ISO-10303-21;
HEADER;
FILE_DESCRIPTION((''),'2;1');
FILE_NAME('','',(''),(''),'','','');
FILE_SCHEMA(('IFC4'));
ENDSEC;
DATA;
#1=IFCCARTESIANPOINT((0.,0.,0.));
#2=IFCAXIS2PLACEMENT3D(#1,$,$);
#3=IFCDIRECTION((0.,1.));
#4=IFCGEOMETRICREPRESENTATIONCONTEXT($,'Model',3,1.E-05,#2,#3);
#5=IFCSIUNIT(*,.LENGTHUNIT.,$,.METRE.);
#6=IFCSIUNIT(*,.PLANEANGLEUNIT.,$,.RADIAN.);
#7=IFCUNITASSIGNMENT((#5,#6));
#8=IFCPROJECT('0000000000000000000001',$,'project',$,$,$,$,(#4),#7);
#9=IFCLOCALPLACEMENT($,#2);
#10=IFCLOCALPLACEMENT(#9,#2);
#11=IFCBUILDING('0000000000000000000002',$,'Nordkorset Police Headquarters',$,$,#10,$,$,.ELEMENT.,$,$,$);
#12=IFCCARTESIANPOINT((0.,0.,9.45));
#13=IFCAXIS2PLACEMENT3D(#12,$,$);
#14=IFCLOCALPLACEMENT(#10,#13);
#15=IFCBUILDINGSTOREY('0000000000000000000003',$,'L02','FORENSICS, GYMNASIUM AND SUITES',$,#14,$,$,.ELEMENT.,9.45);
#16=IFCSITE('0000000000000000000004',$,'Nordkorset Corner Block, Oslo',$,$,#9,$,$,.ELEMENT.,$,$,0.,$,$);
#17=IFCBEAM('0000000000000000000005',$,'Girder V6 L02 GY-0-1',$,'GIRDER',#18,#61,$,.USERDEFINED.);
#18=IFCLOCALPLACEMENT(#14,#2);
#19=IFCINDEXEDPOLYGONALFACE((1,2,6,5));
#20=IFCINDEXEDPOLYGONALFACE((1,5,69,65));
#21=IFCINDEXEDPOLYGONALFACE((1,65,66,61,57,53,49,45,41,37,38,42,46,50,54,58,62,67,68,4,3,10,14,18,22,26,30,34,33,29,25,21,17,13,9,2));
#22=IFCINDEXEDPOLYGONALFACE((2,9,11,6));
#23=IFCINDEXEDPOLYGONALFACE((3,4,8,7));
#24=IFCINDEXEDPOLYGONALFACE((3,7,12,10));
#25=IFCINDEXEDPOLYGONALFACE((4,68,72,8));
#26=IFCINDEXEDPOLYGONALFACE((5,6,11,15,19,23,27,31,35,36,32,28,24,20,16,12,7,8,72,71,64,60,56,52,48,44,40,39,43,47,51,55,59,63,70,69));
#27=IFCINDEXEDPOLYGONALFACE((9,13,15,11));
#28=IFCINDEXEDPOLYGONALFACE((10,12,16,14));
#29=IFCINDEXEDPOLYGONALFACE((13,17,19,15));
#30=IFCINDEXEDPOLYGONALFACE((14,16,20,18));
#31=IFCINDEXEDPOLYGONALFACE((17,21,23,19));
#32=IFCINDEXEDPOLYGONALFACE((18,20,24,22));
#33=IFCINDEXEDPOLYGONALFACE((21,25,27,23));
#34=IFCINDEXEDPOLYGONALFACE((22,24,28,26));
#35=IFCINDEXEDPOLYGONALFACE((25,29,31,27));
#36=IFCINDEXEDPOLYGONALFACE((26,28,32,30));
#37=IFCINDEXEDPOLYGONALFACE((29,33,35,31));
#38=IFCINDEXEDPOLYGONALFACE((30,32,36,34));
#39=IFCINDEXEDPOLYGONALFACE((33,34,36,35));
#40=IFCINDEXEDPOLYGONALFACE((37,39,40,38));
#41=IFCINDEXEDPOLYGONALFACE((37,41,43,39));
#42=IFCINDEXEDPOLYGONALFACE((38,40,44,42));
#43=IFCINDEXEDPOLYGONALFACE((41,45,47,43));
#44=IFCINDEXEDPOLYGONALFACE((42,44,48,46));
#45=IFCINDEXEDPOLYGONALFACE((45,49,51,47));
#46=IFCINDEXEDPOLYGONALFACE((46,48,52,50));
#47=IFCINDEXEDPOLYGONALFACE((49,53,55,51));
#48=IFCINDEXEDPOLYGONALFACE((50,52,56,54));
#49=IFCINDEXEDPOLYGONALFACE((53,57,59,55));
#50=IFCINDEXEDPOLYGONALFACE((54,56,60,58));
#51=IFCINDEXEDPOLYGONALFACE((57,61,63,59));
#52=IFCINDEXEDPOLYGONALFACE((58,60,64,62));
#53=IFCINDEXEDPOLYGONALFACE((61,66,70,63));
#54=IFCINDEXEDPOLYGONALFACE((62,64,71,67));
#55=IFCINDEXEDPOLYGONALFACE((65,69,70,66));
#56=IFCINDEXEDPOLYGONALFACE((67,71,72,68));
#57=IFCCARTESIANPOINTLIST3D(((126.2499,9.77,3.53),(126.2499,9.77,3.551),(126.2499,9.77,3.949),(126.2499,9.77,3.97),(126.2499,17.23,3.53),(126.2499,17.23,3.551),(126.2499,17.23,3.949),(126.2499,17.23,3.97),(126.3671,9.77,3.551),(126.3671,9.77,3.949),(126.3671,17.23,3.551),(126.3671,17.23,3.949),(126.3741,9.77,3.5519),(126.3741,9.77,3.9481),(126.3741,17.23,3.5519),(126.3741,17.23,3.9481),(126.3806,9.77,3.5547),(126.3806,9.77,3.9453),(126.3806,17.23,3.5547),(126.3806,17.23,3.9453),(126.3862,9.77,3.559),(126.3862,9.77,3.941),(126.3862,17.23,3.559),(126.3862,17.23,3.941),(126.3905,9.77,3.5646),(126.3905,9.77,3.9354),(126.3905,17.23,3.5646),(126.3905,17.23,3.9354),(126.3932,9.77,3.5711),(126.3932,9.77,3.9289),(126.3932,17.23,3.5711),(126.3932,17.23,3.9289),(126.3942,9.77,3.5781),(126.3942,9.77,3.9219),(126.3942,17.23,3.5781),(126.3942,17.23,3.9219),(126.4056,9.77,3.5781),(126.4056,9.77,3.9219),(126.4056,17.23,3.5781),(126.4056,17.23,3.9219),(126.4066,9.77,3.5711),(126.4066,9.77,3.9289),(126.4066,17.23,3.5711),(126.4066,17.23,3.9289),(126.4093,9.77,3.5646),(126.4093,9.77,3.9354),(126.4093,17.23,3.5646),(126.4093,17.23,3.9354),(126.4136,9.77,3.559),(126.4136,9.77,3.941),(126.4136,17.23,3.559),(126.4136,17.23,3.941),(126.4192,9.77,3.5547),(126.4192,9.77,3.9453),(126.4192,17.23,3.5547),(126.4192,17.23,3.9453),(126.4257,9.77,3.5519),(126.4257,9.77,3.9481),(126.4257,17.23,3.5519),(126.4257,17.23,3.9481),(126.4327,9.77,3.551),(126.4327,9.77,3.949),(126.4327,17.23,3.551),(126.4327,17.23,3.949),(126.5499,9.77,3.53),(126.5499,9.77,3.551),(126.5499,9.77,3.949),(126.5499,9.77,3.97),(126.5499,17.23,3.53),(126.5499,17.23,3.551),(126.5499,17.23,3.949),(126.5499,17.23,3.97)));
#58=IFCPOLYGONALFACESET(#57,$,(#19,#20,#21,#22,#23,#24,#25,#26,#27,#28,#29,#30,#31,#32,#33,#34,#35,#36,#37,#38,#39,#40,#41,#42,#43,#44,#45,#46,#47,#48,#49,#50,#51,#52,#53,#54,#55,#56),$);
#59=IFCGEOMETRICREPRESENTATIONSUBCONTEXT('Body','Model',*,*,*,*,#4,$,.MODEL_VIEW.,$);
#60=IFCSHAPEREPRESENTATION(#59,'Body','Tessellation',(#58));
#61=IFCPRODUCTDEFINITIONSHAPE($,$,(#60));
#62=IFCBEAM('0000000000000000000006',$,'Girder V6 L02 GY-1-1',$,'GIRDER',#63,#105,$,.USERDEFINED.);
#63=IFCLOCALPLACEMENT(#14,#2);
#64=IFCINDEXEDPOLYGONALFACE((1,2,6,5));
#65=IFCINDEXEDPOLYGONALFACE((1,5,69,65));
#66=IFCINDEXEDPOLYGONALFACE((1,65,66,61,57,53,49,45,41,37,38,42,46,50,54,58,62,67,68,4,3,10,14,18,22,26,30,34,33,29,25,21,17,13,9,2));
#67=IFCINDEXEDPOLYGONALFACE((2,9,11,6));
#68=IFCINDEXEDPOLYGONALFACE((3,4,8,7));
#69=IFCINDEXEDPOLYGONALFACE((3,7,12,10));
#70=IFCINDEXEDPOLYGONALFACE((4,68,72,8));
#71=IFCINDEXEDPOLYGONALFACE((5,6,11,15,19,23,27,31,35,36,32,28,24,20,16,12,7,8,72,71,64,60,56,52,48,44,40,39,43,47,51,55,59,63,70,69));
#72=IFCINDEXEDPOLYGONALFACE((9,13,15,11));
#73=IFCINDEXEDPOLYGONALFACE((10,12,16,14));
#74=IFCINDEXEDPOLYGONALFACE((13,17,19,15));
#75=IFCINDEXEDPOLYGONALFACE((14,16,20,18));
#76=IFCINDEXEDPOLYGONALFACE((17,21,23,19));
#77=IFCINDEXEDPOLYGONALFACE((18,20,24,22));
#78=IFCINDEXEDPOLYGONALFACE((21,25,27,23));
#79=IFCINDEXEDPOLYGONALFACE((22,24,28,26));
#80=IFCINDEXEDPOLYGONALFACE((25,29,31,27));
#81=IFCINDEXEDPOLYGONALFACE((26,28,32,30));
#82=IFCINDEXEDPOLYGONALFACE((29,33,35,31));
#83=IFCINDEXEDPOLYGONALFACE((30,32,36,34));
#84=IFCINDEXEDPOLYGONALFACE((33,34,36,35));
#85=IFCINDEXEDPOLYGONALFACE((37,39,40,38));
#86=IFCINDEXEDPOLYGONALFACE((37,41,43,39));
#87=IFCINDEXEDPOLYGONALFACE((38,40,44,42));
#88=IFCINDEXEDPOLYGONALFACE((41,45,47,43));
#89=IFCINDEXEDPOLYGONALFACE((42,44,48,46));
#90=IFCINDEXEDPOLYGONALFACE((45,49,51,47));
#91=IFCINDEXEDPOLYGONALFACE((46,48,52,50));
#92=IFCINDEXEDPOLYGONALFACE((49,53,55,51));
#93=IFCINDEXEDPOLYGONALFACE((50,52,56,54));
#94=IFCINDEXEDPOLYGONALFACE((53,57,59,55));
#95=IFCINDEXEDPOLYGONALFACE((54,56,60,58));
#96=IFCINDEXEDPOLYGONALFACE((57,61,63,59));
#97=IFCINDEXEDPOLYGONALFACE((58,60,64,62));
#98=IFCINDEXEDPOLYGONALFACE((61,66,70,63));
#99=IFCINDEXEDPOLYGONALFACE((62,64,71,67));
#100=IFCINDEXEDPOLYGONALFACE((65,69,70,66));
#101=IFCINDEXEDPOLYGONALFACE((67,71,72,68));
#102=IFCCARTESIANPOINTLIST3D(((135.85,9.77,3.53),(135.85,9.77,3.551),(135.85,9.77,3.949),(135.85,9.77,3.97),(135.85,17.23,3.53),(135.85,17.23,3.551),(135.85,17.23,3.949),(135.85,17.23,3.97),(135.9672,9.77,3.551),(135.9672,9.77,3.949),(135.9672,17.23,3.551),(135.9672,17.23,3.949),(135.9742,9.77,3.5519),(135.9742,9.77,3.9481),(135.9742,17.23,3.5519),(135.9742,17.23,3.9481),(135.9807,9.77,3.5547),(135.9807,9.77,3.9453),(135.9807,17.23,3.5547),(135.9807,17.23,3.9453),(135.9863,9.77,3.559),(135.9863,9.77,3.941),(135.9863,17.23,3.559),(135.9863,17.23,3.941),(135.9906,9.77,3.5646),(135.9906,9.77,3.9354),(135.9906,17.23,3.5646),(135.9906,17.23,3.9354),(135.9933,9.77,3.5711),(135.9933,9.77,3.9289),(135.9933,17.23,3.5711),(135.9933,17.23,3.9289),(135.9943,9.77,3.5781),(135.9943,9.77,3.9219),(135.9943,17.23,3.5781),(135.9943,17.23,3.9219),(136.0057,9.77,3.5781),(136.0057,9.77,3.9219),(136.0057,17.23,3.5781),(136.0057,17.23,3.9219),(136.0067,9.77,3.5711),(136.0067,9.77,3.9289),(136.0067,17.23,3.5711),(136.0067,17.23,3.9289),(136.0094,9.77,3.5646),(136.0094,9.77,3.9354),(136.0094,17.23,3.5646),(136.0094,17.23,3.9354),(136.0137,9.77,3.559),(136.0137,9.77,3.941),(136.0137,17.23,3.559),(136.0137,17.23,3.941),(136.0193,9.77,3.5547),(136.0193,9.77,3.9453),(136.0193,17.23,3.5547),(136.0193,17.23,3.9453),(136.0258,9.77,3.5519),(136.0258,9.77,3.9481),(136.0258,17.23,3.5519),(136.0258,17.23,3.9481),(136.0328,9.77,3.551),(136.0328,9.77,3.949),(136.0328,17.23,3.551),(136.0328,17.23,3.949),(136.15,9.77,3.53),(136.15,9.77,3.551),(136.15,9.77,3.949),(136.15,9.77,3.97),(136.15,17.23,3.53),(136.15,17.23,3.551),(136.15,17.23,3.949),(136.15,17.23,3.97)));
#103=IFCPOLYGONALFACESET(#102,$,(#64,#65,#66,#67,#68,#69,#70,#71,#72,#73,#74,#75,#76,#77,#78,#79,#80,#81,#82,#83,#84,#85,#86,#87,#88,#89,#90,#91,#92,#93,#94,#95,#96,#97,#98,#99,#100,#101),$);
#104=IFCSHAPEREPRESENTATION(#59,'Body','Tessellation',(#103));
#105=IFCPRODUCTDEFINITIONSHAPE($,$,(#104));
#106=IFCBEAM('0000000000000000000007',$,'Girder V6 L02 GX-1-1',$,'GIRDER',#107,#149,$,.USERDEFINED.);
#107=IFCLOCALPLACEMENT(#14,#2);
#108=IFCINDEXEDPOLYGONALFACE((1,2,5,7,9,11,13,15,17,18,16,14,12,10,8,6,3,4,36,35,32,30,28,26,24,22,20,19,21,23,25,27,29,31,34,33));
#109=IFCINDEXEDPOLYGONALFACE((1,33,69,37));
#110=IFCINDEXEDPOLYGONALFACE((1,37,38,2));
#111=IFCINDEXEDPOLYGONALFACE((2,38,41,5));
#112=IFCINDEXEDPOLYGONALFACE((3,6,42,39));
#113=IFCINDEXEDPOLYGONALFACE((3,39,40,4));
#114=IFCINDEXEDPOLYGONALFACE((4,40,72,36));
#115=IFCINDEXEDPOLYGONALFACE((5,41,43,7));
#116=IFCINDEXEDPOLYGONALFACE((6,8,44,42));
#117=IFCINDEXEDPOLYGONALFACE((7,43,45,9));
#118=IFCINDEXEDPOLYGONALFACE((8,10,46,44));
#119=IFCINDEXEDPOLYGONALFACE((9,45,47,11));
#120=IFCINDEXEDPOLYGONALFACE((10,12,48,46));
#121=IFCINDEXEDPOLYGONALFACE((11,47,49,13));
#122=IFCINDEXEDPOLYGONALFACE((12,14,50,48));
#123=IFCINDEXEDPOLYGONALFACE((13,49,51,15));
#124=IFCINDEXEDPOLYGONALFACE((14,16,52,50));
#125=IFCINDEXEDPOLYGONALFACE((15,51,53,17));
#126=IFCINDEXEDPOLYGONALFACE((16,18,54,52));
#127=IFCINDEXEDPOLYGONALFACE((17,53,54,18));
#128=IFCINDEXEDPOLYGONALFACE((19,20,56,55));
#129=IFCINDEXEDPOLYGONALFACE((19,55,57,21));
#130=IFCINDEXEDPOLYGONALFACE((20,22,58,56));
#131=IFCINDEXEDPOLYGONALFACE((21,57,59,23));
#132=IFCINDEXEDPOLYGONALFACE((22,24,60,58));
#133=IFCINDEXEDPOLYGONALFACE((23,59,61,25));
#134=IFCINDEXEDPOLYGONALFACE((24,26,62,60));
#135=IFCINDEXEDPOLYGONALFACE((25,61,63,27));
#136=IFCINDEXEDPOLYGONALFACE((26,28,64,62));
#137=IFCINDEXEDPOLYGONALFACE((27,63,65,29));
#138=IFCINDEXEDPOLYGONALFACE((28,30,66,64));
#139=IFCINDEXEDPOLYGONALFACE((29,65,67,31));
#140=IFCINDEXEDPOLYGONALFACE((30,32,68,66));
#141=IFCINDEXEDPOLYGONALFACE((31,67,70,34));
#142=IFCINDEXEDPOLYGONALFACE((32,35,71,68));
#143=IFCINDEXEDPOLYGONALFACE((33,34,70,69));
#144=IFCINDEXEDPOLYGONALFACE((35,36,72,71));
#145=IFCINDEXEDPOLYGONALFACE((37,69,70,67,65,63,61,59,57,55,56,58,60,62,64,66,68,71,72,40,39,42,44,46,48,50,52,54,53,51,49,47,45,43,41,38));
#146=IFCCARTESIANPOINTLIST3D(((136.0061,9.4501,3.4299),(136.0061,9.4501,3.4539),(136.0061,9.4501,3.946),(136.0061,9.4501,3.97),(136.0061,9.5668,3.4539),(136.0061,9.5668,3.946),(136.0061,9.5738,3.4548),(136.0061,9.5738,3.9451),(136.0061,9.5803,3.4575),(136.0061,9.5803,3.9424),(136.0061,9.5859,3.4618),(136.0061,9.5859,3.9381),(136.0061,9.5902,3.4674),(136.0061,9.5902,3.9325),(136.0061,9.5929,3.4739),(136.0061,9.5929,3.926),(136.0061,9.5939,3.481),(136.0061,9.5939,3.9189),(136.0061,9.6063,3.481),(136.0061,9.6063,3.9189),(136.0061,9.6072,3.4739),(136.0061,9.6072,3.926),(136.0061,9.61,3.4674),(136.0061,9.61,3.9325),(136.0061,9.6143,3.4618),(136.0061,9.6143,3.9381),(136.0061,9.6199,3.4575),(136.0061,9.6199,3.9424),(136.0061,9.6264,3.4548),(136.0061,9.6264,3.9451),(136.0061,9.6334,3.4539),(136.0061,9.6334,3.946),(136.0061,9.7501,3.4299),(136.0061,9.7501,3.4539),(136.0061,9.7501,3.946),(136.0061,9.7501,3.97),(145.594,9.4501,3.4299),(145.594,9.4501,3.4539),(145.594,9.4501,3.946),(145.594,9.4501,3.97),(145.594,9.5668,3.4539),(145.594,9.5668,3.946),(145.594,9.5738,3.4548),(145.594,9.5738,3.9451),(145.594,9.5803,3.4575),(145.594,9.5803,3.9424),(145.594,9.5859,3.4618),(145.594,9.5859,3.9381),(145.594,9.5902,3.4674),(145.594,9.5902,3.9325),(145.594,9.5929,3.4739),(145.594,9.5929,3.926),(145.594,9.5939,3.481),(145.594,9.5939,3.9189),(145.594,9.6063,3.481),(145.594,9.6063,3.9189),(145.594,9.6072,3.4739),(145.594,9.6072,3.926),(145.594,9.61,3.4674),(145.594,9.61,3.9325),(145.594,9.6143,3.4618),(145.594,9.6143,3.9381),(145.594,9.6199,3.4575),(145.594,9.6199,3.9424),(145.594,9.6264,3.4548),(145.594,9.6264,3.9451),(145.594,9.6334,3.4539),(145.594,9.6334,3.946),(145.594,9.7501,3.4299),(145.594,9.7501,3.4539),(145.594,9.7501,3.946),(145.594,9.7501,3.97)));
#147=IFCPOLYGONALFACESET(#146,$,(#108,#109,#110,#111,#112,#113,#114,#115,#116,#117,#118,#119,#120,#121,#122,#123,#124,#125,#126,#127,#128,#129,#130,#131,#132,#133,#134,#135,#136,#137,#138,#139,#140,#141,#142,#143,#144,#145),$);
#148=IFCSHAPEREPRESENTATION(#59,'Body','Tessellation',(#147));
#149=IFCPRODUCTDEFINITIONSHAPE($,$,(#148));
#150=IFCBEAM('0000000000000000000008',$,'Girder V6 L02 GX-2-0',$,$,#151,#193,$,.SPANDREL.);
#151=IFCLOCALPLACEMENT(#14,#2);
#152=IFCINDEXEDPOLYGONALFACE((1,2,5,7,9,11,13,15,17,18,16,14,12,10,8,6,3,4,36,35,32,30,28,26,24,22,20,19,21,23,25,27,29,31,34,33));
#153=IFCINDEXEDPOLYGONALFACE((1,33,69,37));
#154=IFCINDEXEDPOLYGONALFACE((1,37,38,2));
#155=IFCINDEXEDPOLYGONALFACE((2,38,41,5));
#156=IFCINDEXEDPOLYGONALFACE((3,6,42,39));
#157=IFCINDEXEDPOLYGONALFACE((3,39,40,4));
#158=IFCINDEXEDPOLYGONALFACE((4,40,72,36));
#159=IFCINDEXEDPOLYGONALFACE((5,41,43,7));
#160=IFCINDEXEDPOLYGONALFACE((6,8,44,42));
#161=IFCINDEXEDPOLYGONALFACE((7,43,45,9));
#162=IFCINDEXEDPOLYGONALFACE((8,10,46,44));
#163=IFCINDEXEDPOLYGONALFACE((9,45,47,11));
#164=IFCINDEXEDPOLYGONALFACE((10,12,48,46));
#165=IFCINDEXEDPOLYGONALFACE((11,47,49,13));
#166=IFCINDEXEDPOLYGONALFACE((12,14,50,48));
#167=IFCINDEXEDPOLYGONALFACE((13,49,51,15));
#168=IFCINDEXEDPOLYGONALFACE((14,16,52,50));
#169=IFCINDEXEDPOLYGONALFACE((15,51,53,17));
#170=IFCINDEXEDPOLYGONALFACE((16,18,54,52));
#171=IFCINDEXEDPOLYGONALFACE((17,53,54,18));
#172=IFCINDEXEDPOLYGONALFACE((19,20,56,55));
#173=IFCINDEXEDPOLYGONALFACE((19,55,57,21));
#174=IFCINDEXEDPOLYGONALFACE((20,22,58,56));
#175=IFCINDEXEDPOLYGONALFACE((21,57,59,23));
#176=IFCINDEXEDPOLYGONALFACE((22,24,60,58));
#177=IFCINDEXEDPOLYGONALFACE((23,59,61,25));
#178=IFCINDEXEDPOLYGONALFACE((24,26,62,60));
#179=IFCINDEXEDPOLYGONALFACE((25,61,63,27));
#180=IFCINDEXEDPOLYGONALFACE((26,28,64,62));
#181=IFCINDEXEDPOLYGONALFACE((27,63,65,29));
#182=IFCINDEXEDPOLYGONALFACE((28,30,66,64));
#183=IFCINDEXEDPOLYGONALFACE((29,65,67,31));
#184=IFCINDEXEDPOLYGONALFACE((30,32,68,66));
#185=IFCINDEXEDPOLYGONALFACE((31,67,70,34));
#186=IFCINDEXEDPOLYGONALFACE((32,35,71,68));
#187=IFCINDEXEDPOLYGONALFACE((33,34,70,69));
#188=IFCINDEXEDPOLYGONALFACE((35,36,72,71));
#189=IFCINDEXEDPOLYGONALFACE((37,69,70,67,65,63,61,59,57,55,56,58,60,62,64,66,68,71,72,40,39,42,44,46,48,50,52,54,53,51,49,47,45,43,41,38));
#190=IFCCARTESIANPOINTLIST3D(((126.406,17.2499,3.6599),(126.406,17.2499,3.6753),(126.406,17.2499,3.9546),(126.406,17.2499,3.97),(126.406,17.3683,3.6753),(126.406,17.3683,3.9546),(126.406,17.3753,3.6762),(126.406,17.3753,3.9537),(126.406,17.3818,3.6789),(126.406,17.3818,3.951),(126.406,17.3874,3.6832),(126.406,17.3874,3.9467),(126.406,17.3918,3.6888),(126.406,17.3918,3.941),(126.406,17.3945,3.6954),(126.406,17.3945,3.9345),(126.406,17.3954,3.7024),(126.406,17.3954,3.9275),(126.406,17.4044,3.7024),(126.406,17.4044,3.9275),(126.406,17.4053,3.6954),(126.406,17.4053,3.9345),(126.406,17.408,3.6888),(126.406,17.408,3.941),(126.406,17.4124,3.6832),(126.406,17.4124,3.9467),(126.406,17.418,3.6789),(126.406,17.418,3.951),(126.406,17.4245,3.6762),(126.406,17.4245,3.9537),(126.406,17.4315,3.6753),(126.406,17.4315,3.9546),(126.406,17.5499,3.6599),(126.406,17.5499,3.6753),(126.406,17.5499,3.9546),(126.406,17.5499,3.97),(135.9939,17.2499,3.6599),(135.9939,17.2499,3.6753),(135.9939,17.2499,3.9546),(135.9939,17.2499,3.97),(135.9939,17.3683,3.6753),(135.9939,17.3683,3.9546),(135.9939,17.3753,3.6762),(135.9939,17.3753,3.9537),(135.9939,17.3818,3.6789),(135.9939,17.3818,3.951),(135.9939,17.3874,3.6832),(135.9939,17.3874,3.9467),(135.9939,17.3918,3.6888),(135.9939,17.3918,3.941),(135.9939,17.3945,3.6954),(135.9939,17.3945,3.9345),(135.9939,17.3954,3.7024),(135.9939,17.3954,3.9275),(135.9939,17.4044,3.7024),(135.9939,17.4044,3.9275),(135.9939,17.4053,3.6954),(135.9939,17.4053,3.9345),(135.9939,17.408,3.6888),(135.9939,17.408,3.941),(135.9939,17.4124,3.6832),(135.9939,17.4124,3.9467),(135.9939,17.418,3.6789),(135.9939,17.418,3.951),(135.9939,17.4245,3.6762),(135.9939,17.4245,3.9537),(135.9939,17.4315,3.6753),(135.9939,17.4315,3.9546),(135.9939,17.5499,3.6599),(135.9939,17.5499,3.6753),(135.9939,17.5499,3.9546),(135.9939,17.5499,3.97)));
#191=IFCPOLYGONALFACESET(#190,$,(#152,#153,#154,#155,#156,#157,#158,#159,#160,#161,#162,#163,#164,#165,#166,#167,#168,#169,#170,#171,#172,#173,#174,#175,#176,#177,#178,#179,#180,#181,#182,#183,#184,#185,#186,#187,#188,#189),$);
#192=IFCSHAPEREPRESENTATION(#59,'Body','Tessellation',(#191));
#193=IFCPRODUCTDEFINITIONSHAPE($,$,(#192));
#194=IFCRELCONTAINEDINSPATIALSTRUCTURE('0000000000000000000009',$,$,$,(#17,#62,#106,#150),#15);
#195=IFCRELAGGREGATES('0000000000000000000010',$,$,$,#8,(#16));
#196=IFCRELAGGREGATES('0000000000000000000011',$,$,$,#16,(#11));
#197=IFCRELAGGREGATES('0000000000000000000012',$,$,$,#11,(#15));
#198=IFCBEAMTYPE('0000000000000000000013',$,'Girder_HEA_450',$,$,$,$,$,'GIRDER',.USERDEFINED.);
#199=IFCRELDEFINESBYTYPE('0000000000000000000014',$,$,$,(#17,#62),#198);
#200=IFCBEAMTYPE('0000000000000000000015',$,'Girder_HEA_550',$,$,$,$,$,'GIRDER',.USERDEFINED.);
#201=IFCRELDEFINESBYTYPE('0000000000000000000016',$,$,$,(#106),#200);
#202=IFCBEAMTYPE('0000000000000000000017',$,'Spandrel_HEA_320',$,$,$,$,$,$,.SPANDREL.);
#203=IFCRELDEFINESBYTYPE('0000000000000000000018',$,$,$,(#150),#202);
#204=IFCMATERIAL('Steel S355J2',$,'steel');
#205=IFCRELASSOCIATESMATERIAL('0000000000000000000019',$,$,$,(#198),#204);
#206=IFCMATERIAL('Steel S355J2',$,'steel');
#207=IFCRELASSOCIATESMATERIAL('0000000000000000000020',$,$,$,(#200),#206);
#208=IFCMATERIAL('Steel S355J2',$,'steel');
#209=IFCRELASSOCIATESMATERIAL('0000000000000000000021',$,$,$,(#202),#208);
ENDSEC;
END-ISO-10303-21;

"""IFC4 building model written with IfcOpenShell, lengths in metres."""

from ifc_helpers import new_model, si_unit, direction, frame, origin, origin_2d, place, context, subcontext, project, spatial, i_section, extrude, material, material_profile, profile_set, type_object, element, save


model = new_model("IFC4")

# Units and contexts
model_context = context("Model", 3, precision=1e-05, world=origin(), true_north=direction((0.0, 1.0)))
body_context = subcontext(model_context, "Body", "Model", "MODEL_VIEW")
ifc_project = project(units=[si_unit("LENGTHUNIT", "METRE"), si_unit("PLANEANGLEUNIT", "RADIAN")], contexts=[model_context])

# Site, building, storey
site_placement = place(None, origin())
site = spatial("IfcSite", under=ifc_project, at=site_placement, Name="Nordkorset Corner Block, Oslo", CompositionType="ELEMENT", RefElevation=0.0)
building_placement = place(site_placement, origin())
building = spatial("IfcBuilding", under=site, at=building_placement, Name="Nordkorset Police Headquarters", CompositionType="ELEMENT")
storey_placement = place(building_placement, frame((0.0, 0.0, 9.45)))
storey = spatial("IfcBuildingStorey", under=building, at=storey_placement, Name="L02", Description="FORENSICS, GYMNASIUM AND SUITES", CompositionType="ELEMENT", Elevation=9.45)

# Beams
ifc_material_1 = material(Name="Steel S355J2", Category="steel")
ifc_material_profile_1 = material_profile(ifc_material_1, i_section(OverallWidth=0.3, OverallDepth=0.4399, WebThickness=0.0115, FlangeThickness=0.021, FilletRadius=0.0271, at=origin_2d()), Name="HEA 450")
ifc_profile_set_1 = profile_set([ifc_material_profile_1], Name="Steel S355J2")
beam_type_1 = type_object("IfcBeamType", Name="Girder_HEA_450", ElementType="GIRDER", PredefinedType="USERDEFINED", material=ifc_profile_set_1)
for number, where, z_axis, x_axis, name in (
    (1, (126.3999, 9.77, 3.75), (0.0, 1.0, 0.0), (-1.0, 0.0, 0.0), "Girder V6 L02 GY-0-1"),
    (2, (136.0, 9.77, 3.75), (0.0, 1.0, 0.0), (-1.0, 0.0, 0.0), "Girder V6 L02 GY-1-1"),
):
    element("IfcBeam", number, at=place(storey_placement, frame(where, z_axis=z_axis, x_axis=x_axis)), inside=storey, type_object=beam_type_1, Name=name, ObjectType="GIRDER", PredefinedType="USERDEFINED", context=body_context, shape_type="SweptSolid", body=[
        extrude(i_section(OverallWidth=0.3, OverallDepth=0.4399, WebThickness=0.0115, FlangeThickness=0.021, FilletRadius=0.0271, at=origin_2d()), origin(), (0.0, 0.0, 1.0), 7.46),
    ])
ifc_material_2 = material(Name="Steel S355J2", Category="steel")
ifc_material_profile_2 = material_profile(ifc_material_2, i_section(OverallWidth=0.3, OverallDepth=0.54, WebThickness=0.0125, FlangeThickness=0.0239, FilletRadius=0.0271, at=origin_2d()), Name="HEA 550")
ifc_profile_set_2 = profile_set([ifc_material_profile_2], Name="Steel S355J2")
beam_type_2 = type_object("IfcBeamType", Name="Girder_HEA_550", ElementType="GIRDER", PredefinedType="USERDEFINED", material=ifc_profile_set_2)
beam_placement = place(storey_placement, frame((136.0061, 9.6001, 3.7), z_axis=(1.0, 0.0, 0.0), x_axis=(0.0, 1.0, 0.0)))
element("IfcBeam", 3, at=beam_placement, inside=storey, type_object=beam_type_2, Name="Girder V6 L02 GX-1-1", ObjectType="GIRDER", PredefinedType="USERDEFINED", context=body_context, shape_type="SweptSolid", body=[
    extrude(i_section(OverallWidth=0.3, OverallDepth=0.54, WebThickness=0.0125, FlangeThickness=0.0239, FilletRadius=0.0271, at=origin_2d()), origin(), (0.0, 0.0, 1.0), 9.5879),
])
ifc_material_3 = material(Name="Steel S355J2", Category="steel")
ifc_material_profile_3 = material_profile(ifc_material_3, i_section(OverallWidth=0.3, OverallDepth=0.3101, WebThickness=0.009, FlangeThickness=0.0154, FilletRadius=0.0271, at=origin_2d()), Name="HEA 320")
ifc_profile_set_3 = profile_set([ifc_material_profile_3], Name="Steel S355J2")
beam_type_3 = type_object("IfcBeamType", Name="Spandrel_HEA_320", PredefinedType="SPANDREL", material=ifc_profile_set_3)
for number, where, z_axis, x_axis, name in (
    (4, (126.406, 17.3999, 3.8149), (1.0, 0.0, 0.0), (0.0, 1.0, 0.0), "Girder V6 L02 GX-2-0"),
):
    element("IfcBeam", number, at=place(storey_placement, frame(where, z_axis=z_axis, x_axis=x_axis)), inside=storey, type_object=beam_type_3, Name=name, PredefinedType="SPANDREL", context=body_context, shape_type="SweptSolid", body=[
        extrude(i_section(OverallWidth=0.3, OverallDepth=0.3101, WebThickness=0.009, FlangeThickness=0.0154, FilletRadius=0.0271, at=origin_2d()), origin(), (0.0, 0.0, 1.0), 9.5879),
    ])

save(model, "model.ifc")
